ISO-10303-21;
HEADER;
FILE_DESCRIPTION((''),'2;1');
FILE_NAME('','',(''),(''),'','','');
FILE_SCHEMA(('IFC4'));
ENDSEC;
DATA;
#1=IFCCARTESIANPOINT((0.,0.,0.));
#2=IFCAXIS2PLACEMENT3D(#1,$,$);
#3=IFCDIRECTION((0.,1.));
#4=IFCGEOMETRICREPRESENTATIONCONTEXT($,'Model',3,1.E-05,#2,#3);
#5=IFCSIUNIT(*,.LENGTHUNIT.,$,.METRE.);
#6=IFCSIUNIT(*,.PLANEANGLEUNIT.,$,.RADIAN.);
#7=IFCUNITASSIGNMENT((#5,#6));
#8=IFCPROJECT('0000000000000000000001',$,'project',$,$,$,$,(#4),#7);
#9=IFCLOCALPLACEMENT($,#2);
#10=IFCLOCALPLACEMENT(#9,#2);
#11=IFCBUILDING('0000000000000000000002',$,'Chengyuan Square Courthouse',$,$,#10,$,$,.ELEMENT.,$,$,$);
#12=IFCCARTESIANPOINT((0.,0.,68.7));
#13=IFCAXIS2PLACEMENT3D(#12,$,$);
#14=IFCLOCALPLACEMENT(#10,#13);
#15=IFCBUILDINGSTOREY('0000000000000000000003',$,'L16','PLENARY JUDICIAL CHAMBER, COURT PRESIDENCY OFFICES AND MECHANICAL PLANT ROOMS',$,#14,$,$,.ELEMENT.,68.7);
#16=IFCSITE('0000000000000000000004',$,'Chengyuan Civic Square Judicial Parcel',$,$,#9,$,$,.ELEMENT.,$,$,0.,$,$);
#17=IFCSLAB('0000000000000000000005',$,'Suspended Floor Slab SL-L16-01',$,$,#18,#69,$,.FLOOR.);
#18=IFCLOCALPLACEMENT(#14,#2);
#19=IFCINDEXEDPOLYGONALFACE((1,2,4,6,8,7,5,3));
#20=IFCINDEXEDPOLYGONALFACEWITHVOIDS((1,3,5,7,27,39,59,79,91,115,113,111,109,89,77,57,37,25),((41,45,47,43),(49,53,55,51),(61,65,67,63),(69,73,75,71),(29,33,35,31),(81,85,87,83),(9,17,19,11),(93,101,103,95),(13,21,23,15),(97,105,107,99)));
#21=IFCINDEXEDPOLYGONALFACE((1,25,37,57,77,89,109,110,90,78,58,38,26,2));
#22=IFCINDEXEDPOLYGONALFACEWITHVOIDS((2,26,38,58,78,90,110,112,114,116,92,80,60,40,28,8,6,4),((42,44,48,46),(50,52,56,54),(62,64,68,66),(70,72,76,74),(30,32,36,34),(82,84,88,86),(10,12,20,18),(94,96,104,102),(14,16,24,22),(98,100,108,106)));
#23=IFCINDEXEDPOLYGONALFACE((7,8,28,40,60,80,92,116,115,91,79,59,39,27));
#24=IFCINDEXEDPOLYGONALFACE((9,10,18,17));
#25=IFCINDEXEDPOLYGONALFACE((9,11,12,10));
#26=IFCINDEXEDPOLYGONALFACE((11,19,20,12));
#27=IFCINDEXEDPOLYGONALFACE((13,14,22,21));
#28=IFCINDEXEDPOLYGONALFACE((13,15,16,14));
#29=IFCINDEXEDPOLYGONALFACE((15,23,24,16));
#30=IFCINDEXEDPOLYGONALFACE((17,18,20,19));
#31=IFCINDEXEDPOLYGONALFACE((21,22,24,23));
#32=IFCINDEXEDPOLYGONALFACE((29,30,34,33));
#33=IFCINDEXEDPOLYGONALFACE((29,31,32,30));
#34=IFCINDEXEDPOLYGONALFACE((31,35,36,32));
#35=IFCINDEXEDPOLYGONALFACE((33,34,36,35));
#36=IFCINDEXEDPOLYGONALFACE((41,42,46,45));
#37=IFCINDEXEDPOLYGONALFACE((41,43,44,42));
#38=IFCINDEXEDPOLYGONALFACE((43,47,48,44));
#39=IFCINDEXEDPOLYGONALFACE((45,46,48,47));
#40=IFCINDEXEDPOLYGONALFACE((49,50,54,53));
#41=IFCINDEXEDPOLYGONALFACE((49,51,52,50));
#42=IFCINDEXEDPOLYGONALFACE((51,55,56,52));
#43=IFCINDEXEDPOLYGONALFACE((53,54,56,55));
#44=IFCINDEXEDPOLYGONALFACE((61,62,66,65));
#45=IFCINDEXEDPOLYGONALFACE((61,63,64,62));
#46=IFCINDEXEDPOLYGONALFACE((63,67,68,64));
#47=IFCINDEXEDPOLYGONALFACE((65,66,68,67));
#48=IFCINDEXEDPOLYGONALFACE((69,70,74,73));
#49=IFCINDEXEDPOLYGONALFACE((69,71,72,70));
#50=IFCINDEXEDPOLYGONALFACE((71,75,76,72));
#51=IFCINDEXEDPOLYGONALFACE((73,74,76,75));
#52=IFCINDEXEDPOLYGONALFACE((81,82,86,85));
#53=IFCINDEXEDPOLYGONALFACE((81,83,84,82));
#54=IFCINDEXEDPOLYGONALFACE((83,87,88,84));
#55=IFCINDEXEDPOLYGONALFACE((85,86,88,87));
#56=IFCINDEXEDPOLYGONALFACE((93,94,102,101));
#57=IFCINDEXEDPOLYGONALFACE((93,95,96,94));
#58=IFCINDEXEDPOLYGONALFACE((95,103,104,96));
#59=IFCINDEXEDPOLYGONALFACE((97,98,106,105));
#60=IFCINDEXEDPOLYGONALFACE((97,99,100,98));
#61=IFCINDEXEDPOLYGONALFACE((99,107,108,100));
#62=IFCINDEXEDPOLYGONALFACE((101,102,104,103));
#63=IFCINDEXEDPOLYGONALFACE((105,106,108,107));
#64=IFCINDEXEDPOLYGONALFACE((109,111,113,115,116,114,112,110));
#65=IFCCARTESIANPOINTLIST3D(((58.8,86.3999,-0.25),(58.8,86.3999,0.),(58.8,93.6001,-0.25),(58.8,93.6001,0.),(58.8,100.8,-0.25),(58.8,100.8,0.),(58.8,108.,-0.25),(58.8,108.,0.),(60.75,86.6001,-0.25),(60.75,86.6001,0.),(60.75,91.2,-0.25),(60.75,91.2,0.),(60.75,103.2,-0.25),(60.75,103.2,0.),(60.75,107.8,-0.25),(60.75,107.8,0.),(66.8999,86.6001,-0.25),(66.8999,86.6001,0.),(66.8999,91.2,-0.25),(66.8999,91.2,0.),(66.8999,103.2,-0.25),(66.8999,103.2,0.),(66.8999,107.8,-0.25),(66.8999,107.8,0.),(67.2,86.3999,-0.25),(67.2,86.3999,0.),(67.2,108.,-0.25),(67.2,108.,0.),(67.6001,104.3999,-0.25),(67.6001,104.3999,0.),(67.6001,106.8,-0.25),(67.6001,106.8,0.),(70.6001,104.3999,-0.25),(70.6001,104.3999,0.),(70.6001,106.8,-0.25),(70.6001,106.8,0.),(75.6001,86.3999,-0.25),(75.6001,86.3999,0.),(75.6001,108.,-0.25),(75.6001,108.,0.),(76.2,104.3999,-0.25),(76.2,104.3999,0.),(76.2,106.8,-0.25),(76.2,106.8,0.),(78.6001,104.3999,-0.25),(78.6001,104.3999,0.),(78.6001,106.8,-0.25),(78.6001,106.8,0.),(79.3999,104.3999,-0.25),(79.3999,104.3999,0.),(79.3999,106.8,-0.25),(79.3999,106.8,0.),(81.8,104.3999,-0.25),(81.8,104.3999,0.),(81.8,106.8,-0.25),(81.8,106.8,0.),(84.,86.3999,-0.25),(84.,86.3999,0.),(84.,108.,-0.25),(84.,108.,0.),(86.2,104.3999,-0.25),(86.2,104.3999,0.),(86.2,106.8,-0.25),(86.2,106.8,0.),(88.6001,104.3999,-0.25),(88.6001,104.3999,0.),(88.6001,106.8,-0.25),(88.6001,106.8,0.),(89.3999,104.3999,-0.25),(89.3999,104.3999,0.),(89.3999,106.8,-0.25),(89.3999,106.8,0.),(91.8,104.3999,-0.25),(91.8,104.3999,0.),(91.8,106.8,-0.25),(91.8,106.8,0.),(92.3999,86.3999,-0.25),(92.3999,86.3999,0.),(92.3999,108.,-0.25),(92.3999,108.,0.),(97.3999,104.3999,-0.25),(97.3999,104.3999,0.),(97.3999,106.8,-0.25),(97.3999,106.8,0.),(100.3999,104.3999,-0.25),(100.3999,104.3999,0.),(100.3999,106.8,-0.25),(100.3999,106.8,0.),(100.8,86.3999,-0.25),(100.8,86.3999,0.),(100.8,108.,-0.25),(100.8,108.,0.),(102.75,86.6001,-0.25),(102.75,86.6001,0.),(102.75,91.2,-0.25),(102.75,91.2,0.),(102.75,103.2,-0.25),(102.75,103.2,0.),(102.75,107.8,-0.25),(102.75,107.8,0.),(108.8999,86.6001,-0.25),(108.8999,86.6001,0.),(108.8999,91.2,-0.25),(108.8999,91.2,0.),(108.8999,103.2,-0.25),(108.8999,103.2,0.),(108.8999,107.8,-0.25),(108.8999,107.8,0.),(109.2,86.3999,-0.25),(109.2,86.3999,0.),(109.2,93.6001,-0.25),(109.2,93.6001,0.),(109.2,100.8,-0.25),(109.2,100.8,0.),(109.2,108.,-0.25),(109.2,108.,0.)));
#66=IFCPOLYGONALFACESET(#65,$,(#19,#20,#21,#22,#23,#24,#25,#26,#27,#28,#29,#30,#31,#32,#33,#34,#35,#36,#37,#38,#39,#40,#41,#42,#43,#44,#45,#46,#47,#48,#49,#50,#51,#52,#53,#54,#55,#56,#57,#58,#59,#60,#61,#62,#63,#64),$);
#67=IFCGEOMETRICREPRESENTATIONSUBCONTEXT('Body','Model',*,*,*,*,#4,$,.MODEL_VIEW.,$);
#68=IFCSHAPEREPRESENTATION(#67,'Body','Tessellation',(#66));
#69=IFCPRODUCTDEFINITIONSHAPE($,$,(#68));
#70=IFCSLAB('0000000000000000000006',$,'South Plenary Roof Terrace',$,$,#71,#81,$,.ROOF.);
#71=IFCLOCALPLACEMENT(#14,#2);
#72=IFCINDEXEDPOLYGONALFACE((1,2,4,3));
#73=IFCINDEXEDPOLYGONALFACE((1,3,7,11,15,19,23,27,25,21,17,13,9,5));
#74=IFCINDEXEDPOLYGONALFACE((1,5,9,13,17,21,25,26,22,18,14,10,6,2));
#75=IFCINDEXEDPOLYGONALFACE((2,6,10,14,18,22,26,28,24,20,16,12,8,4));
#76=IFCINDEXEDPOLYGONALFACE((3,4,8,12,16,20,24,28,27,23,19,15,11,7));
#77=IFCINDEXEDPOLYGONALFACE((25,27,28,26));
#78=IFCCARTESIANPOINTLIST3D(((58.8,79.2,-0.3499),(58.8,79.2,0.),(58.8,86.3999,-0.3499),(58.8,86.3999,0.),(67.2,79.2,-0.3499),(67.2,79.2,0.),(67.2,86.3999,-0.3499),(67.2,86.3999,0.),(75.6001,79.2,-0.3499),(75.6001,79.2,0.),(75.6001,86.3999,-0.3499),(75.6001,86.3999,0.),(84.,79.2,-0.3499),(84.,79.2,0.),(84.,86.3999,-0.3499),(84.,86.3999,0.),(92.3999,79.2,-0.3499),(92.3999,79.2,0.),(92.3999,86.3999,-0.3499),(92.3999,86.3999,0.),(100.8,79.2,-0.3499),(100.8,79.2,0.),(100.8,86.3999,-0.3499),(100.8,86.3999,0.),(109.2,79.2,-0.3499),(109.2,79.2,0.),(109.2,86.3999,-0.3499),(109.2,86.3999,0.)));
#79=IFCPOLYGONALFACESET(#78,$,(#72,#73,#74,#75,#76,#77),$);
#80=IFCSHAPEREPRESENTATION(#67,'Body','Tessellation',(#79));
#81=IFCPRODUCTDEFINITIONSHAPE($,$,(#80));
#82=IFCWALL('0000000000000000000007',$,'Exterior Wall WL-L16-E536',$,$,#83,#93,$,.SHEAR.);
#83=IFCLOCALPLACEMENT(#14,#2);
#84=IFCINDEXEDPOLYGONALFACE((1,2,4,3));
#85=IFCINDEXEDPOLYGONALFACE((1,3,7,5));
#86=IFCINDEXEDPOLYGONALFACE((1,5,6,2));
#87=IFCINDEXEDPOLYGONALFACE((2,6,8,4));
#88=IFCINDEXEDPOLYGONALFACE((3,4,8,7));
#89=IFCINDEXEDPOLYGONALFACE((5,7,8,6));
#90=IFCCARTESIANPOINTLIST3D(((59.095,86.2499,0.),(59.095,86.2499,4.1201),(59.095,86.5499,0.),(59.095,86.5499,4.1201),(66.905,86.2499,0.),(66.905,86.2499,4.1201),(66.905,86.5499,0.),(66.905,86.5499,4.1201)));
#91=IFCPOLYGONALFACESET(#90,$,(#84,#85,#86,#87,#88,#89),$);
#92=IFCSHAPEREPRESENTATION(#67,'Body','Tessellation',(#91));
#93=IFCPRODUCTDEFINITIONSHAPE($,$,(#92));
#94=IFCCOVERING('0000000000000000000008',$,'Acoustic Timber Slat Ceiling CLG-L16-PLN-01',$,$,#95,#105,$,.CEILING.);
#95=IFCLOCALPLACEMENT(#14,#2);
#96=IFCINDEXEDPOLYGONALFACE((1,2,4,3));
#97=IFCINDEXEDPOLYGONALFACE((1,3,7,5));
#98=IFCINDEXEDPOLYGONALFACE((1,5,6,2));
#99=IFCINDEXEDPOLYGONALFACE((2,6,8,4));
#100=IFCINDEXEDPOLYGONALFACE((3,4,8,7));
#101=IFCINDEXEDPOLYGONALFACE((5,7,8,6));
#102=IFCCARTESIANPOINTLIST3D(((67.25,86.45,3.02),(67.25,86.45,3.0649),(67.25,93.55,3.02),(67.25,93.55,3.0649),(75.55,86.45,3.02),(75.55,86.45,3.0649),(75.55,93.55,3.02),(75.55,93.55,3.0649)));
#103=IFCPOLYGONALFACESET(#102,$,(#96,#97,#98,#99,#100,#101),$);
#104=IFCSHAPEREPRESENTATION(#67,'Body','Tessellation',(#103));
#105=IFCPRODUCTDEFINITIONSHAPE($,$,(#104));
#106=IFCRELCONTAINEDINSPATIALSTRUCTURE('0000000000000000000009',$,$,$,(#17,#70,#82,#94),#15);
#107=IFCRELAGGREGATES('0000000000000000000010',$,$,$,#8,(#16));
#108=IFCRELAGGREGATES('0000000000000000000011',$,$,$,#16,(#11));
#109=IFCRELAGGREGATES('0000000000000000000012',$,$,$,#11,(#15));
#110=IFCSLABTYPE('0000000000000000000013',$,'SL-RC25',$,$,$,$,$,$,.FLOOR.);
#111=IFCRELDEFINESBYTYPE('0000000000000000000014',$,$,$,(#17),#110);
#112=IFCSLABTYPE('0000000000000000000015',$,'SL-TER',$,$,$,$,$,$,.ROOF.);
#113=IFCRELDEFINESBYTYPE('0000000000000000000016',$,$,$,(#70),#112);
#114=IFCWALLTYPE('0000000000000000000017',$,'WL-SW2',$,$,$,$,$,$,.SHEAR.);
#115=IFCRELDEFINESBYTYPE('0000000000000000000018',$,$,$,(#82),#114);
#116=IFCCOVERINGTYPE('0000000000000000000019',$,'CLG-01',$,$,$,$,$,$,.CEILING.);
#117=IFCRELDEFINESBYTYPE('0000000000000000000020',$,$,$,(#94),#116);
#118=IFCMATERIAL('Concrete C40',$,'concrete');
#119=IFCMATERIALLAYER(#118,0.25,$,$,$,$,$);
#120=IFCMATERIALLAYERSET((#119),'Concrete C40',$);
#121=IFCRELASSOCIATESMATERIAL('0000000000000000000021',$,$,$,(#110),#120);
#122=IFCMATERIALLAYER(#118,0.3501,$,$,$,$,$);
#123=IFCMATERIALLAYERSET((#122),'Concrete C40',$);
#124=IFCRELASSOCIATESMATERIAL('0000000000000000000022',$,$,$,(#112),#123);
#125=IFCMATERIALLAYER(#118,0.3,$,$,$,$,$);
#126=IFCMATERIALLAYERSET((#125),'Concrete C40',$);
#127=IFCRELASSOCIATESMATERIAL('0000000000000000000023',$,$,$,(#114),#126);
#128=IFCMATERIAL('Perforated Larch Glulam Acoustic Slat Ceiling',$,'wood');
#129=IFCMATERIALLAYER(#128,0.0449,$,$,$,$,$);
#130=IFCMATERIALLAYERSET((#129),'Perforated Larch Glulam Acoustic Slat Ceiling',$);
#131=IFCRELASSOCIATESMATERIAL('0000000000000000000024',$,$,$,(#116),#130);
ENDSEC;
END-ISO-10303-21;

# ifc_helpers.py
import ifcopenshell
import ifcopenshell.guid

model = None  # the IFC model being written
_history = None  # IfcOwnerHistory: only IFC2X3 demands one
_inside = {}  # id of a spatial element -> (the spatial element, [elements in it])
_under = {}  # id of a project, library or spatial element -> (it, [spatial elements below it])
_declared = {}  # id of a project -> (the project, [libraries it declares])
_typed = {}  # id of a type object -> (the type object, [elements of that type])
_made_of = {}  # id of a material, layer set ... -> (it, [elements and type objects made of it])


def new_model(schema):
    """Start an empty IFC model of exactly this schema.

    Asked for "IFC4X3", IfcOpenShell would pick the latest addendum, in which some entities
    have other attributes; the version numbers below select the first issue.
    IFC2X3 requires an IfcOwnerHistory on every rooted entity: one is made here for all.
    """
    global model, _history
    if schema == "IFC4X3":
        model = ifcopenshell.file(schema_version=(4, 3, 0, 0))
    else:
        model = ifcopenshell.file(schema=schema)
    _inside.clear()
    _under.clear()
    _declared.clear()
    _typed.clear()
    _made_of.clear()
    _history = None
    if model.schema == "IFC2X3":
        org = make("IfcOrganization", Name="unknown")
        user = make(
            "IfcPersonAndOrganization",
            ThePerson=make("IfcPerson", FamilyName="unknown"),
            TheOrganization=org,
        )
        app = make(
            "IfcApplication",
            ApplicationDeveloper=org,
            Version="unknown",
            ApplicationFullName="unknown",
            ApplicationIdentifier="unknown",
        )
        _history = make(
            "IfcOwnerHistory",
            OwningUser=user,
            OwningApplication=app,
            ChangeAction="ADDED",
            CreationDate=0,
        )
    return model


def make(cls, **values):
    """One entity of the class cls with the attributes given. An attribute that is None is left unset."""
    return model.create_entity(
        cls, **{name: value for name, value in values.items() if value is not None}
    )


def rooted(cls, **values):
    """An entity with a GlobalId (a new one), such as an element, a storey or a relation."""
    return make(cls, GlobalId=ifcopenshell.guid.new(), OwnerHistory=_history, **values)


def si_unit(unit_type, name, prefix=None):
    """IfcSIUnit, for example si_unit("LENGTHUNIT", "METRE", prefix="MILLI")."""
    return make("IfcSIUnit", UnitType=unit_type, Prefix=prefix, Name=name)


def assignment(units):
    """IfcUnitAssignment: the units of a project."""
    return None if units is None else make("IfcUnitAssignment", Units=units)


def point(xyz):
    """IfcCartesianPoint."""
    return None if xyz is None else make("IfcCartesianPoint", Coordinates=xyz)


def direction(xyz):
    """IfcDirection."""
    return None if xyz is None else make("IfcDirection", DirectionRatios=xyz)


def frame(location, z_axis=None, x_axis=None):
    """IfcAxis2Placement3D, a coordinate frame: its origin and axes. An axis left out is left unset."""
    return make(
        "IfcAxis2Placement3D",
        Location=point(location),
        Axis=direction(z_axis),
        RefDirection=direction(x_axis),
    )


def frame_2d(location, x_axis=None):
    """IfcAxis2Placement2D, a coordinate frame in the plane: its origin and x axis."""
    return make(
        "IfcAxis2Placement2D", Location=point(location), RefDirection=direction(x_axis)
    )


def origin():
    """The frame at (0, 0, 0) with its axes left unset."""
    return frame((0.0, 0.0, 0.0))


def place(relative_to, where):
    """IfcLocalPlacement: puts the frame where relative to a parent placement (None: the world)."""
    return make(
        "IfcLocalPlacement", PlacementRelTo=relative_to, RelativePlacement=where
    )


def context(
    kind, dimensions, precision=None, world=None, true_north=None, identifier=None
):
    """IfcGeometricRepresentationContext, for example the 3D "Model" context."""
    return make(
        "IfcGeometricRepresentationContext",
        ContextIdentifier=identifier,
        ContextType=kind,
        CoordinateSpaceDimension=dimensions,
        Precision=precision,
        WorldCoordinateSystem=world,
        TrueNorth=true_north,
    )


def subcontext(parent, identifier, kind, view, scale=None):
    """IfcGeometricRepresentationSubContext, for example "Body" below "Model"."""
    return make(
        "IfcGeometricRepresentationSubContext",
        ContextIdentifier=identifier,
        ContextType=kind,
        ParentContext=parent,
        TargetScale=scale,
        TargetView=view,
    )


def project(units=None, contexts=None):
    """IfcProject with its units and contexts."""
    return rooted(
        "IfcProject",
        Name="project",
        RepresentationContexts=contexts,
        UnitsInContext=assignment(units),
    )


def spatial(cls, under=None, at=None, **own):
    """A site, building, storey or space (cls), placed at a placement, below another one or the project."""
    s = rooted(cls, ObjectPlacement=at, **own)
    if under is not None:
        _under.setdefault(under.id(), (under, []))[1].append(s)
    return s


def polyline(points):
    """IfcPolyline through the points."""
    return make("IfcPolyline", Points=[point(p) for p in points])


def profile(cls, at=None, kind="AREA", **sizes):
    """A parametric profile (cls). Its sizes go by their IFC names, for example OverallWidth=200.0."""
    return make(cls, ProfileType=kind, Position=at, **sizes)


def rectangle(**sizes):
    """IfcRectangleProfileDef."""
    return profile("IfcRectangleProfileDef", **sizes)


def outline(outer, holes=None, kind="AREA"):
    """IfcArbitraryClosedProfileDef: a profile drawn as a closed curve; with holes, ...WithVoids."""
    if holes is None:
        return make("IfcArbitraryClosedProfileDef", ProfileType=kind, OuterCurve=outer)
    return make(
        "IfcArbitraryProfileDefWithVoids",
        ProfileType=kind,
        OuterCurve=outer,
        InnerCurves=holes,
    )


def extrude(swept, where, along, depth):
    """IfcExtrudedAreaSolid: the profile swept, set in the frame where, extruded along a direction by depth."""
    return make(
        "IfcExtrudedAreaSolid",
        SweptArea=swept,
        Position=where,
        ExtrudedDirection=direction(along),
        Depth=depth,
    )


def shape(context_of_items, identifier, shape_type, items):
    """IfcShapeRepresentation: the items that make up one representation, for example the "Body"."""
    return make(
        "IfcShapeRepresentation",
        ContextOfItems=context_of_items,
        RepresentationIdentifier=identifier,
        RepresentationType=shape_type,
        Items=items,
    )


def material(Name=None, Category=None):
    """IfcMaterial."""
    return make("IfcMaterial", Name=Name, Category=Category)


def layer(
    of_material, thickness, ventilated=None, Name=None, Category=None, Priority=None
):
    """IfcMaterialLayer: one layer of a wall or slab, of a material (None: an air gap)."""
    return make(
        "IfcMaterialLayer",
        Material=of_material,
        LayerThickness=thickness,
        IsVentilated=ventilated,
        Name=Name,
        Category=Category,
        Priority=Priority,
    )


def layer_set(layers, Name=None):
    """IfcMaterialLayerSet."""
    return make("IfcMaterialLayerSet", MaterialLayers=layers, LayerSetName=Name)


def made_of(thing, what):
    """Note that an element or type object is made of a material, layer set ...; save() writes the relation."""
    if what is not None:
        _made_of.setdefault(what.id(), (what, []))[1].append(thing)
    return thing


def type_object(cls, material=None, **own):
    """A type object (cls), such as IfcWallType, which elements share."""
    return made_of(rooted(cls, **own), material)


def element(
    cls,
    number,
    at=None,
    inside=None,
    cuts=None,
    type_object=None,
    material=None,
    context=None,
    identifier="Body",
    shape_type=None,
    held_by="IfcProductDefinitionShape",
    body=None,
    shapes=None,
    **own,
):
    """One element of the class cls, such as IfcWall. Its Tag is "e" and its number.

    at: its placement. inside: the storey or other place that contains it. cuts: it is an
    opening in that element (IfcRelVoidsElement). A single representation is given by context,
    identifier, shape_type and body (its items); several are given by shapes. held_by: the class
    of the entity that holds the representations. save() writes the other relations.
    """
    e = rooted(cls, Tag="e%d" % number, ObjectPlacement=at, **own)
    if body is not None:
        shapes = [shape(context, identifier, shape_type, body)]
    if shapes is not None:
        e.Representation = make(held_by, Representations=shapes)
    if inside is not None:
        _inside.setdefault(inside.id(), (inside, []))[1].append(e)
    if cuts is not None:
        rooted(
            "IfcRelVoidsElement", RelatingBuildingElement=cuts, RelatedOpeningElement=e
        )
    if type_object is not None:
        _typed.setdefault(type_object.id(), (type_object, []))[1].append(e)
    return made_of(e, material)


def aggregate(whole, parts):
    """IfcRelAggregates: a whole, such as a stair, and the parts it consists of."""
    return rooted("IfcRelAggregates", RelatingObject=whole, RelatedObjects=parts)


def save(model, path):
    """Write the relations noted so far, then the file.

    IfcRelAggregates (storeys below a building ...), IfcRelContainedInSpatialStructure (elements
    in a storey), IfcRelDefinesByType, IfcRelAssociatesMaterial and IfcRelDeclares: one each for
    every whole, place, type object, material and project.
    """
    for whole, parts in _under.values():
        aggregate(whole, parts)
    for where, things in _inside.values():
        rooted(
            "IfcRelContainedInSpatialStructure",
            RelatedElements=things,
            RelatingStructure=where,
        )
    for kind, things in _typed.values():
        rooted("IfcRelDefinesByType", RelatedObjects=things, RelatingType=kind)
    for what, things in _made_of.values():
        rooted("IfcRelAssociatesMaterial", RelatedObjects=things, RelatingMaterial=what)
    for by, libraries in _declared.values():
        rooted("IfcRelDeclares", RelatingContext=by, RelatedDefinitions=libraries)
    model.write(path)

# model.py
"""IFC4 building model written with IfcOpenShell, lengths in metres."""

from ifc_helpers import new_model, si_unit, direction, frame, frame_2d, origin, place, context, subcontext, project, spatial, polyline, rectangle, outline, extrude, material, layer, layer_set, type_object, element, save


model = new_model("IFC4")

# Units and contexts
model_context = context("Model", 3, precision=1e-05, world=origin(), true_north=direction((0.0, 1.0)))
body_context = subcontext(model_context, "Body", "Model", "MODEL_VIEW")
ifc_project = project(units=[si_unit("LENGTHUNIT", "METRE"), si_unit("PLANEANGLEUNIT", "RADIAN")], contexts=[model_context])

# Site, building, storey
site_placement = place(None, origin())
site = spatial("IfcSite", under=ifc_project, at=site_placement, Name="Chengyuan Civic Square Judicial Parcel", CompositionType="ELEMENT", RefElevation=0.0)
building_placement = place(site_placement, origin())
building = spatial("IfcBuilding", under=site, at=building_placement, Name="Chengyuan Square Courthouse", CompositionType="ELEMENT")
storey_placement = place(building_placement, frame((0.0, 0.0, 68.7)))
storey = spatial("IfcBuildingStorey", under=building, at=storey_placement, Name="L16", Description="PLENARY JUDICIAL CHAMBER, COURT PRESIDENCY OFFICES AND MECHANICAL PLANT ROOMS", CompositionType="ELEMENT", Elevation=68.7)

# Shared definitions
ifc_material_1 = material(Name="Concrete C40", Category="concrete")

# Slabs
ifc_layer_1 = layer(ifc_material_1, 0.25)
ifc_layer_set_1 = layer_set([ifc_layer_1], Name="Concrete C40")
slab_type_1 = type_object("IfcSlabType", Name="SL-RC25", PredefinedType="FLOOR", material=ifc_layer_set_1)
slab_1_placement = place(storey_placement, frame((0.0, 0.0, -0.25)))
element("IfcSlab", 1, at=slab_1_placement, inside=storey, type_object=slab_type_1, Name="Suspended Floor Slab SL-L16-01", PredefinedType="FLOOR", context=body_context, shape_type="SweptSolid", body=[
    extrude(outline(polyline([(75.6001, 108.0), (84.0, 108.0), (92.3999, 108.0), (100.8, 108.0), (109.2, 108.0), (109.2, 100.8), (109.2, 93.6001), (109.2, 86.3999), (100.8, 86.3999), (92.3999, 86.3999), (84.0, 86.3999), (75.6001, 86.3999), (67.2, 86.3999), (58.8, 86.3999), (58.8, 93.6001), (58.8, 100.8), (58.8, 108.0), (67.2, 108.0), (75.6001, 108.0)]), holes=[polyline([(60.75, 86.6001), (66.8999, 86.6001), (66.8999, 91.2), (60.75, 91.2), (60.75, 86.6001)]), polyline([(102.75, 86.6001), (108.8999, 86.6001), (108.8999, 91.2), (102.75, 91.2), (102.75, 86.6001)]), polyline([(60.75, 103.2), (66.8999, 103.2), (66.8999, 107.8), (60.75, 107.8), (60.75, 103.2)]), polyline([(102.75, 107.8), (102.75, 103.2), (108.8999, 103.2), (108.8999, 107.8), (102.75, 107.8)]), polyline([(67.6001, 106.8), (67.6001, 104.3999), (70.6001, 104.3999), (70.6001, 106.8), (67.6001, 106.8)]), polyline([(76.2, 104.3999), (78.6001, 104.3999), (78.6001, 106.8), (76.2, 106.8), (76.2, 104.3999)]), polyline([(79.3999, 104.3999), (81.8, 104.3999), (81.8, 106.8), (79.3999, 106.8), (79.3999, 104.3999)]), polyline([(86.2, 104.3999), (88.6001, 104.3999), (88.6001, 106.8), (86.2, 106.8), (86.2, 104.3999)]), polyline([(89.3999, 106.8), (89.3999, 104.3999), (91.8, 104.3999), (91.8, 106.8), (89.3999, 106.8)]), polyline([(97.3999, 106.8), (97.3999, 104.3999), (100.3999, 104.3999), (100.3999, 106.8), (97.3999, 106.8)])]), origin(), (0.0, 0.0, 1.0), 0.25),
])
ifc_layer_2 = layer(ifc_material_1, 0.3501)
ifc_layer_set_2 = layer_set([ifc_layer_2], Name="Concrete C40")
slab_type_2 = type_object("IfcSlabType", Name="SL-TER", PredefinedType="ROOF", material=ifc_layer_set_2)
slab_2_placement = place(storey_placement, frame((0.0, 0.0, -0.3499)))
element("IfcSlab", 2, at=slab_2_placement, inside=storey, type_object=slab_type_2, Name="South Plenary Roof Terrace", PredefinedType="ROOF", context=body_context, shape_type="SweptSolid", body=[
    extrude(outline(polyline([(58.8, 86.3999), (67.2, 86.3999), (75.6001, 86.3999), (84.0, 86.3999), (92.3999, 86.3999), (100.8, 86.3999), (109.2, 86.3999), (109.2, 79.2), (100.8, 79.2), (92.3999, 79.2), (84.0, 79.2), (75.6001, 79.2), (67.2, 79.2), (58.8, 79.2), (58.8, 86.3999)])), origin(), (0.0, 0.0, 1.0), 0.3499),
])

# Wall
ifc_layer_3 = layer(ifc_material_1, 0.3)
ifc_layer_set_3 = layer_set([ifc_layer_3], Name="Concrete C40")
wall_type = type_object("IfcWallType", Name="WL-SW2", PredefinedType="SHEAR", material=ifc_layer_set_3)
wall_placement = place(storey_placement, frame((59.095, 86.3999, 0.0), z_axis=(0.0, 0.0, 1.0), x_axis=(1.0, 0.0, 0.0)))
element("IfcWall", 3, at=wall_placement, inside=storey, type_object=wall_type, Name="Exterior Wall WL-L16-E536", PredefinedType="SHEAR", context=body_context, shape_type="SweptSolid", body=[
    extrude(rectangle(XDim=7.8101, YDim=0.3, at=frame_2d((3.905, 0.0))), origin(), (0.0, 0.0, 1.0), 4.1201),
])

# Covering
ifc_material_2 = material(Name="Perforated Larch Glulam Acoustic Slat Ceiling", Category="wood")
ifc_layer_4 = layer(ifc_material_2, 0.0449)
ifc_layer_set_4 = layer_set([ifc_layer_4], Name="Perforated Larch Glulam Acoustic Slat Ceiling")
covering_type = type_object("IfcCoveringType", Name="CLG-01", PredefinedType="CEILING", material=ifc_layer_set_4)
covering_placement = place(storey_placement, frame((0.0, 0.0, 3.02)))
element("IfcCovering", 4, at=covering_placement, inside=storey, type_object=covering_type, Name="Acoustic Timber Slat Ceiling CLG-L16-PLN-01", PredefinedType="CEILING", context=body_context, shape_type="SweptSolid", body=[
    extrude(outline(polyline([(67.25, 86.45), (75.55, 86.45), (75.55, 93.55), (67.25, 93.55), (67.25, 86.45)])), origin(), (0.0, 0.0, 1.0), 0.0449),
])

save(model, "model.ifc")
